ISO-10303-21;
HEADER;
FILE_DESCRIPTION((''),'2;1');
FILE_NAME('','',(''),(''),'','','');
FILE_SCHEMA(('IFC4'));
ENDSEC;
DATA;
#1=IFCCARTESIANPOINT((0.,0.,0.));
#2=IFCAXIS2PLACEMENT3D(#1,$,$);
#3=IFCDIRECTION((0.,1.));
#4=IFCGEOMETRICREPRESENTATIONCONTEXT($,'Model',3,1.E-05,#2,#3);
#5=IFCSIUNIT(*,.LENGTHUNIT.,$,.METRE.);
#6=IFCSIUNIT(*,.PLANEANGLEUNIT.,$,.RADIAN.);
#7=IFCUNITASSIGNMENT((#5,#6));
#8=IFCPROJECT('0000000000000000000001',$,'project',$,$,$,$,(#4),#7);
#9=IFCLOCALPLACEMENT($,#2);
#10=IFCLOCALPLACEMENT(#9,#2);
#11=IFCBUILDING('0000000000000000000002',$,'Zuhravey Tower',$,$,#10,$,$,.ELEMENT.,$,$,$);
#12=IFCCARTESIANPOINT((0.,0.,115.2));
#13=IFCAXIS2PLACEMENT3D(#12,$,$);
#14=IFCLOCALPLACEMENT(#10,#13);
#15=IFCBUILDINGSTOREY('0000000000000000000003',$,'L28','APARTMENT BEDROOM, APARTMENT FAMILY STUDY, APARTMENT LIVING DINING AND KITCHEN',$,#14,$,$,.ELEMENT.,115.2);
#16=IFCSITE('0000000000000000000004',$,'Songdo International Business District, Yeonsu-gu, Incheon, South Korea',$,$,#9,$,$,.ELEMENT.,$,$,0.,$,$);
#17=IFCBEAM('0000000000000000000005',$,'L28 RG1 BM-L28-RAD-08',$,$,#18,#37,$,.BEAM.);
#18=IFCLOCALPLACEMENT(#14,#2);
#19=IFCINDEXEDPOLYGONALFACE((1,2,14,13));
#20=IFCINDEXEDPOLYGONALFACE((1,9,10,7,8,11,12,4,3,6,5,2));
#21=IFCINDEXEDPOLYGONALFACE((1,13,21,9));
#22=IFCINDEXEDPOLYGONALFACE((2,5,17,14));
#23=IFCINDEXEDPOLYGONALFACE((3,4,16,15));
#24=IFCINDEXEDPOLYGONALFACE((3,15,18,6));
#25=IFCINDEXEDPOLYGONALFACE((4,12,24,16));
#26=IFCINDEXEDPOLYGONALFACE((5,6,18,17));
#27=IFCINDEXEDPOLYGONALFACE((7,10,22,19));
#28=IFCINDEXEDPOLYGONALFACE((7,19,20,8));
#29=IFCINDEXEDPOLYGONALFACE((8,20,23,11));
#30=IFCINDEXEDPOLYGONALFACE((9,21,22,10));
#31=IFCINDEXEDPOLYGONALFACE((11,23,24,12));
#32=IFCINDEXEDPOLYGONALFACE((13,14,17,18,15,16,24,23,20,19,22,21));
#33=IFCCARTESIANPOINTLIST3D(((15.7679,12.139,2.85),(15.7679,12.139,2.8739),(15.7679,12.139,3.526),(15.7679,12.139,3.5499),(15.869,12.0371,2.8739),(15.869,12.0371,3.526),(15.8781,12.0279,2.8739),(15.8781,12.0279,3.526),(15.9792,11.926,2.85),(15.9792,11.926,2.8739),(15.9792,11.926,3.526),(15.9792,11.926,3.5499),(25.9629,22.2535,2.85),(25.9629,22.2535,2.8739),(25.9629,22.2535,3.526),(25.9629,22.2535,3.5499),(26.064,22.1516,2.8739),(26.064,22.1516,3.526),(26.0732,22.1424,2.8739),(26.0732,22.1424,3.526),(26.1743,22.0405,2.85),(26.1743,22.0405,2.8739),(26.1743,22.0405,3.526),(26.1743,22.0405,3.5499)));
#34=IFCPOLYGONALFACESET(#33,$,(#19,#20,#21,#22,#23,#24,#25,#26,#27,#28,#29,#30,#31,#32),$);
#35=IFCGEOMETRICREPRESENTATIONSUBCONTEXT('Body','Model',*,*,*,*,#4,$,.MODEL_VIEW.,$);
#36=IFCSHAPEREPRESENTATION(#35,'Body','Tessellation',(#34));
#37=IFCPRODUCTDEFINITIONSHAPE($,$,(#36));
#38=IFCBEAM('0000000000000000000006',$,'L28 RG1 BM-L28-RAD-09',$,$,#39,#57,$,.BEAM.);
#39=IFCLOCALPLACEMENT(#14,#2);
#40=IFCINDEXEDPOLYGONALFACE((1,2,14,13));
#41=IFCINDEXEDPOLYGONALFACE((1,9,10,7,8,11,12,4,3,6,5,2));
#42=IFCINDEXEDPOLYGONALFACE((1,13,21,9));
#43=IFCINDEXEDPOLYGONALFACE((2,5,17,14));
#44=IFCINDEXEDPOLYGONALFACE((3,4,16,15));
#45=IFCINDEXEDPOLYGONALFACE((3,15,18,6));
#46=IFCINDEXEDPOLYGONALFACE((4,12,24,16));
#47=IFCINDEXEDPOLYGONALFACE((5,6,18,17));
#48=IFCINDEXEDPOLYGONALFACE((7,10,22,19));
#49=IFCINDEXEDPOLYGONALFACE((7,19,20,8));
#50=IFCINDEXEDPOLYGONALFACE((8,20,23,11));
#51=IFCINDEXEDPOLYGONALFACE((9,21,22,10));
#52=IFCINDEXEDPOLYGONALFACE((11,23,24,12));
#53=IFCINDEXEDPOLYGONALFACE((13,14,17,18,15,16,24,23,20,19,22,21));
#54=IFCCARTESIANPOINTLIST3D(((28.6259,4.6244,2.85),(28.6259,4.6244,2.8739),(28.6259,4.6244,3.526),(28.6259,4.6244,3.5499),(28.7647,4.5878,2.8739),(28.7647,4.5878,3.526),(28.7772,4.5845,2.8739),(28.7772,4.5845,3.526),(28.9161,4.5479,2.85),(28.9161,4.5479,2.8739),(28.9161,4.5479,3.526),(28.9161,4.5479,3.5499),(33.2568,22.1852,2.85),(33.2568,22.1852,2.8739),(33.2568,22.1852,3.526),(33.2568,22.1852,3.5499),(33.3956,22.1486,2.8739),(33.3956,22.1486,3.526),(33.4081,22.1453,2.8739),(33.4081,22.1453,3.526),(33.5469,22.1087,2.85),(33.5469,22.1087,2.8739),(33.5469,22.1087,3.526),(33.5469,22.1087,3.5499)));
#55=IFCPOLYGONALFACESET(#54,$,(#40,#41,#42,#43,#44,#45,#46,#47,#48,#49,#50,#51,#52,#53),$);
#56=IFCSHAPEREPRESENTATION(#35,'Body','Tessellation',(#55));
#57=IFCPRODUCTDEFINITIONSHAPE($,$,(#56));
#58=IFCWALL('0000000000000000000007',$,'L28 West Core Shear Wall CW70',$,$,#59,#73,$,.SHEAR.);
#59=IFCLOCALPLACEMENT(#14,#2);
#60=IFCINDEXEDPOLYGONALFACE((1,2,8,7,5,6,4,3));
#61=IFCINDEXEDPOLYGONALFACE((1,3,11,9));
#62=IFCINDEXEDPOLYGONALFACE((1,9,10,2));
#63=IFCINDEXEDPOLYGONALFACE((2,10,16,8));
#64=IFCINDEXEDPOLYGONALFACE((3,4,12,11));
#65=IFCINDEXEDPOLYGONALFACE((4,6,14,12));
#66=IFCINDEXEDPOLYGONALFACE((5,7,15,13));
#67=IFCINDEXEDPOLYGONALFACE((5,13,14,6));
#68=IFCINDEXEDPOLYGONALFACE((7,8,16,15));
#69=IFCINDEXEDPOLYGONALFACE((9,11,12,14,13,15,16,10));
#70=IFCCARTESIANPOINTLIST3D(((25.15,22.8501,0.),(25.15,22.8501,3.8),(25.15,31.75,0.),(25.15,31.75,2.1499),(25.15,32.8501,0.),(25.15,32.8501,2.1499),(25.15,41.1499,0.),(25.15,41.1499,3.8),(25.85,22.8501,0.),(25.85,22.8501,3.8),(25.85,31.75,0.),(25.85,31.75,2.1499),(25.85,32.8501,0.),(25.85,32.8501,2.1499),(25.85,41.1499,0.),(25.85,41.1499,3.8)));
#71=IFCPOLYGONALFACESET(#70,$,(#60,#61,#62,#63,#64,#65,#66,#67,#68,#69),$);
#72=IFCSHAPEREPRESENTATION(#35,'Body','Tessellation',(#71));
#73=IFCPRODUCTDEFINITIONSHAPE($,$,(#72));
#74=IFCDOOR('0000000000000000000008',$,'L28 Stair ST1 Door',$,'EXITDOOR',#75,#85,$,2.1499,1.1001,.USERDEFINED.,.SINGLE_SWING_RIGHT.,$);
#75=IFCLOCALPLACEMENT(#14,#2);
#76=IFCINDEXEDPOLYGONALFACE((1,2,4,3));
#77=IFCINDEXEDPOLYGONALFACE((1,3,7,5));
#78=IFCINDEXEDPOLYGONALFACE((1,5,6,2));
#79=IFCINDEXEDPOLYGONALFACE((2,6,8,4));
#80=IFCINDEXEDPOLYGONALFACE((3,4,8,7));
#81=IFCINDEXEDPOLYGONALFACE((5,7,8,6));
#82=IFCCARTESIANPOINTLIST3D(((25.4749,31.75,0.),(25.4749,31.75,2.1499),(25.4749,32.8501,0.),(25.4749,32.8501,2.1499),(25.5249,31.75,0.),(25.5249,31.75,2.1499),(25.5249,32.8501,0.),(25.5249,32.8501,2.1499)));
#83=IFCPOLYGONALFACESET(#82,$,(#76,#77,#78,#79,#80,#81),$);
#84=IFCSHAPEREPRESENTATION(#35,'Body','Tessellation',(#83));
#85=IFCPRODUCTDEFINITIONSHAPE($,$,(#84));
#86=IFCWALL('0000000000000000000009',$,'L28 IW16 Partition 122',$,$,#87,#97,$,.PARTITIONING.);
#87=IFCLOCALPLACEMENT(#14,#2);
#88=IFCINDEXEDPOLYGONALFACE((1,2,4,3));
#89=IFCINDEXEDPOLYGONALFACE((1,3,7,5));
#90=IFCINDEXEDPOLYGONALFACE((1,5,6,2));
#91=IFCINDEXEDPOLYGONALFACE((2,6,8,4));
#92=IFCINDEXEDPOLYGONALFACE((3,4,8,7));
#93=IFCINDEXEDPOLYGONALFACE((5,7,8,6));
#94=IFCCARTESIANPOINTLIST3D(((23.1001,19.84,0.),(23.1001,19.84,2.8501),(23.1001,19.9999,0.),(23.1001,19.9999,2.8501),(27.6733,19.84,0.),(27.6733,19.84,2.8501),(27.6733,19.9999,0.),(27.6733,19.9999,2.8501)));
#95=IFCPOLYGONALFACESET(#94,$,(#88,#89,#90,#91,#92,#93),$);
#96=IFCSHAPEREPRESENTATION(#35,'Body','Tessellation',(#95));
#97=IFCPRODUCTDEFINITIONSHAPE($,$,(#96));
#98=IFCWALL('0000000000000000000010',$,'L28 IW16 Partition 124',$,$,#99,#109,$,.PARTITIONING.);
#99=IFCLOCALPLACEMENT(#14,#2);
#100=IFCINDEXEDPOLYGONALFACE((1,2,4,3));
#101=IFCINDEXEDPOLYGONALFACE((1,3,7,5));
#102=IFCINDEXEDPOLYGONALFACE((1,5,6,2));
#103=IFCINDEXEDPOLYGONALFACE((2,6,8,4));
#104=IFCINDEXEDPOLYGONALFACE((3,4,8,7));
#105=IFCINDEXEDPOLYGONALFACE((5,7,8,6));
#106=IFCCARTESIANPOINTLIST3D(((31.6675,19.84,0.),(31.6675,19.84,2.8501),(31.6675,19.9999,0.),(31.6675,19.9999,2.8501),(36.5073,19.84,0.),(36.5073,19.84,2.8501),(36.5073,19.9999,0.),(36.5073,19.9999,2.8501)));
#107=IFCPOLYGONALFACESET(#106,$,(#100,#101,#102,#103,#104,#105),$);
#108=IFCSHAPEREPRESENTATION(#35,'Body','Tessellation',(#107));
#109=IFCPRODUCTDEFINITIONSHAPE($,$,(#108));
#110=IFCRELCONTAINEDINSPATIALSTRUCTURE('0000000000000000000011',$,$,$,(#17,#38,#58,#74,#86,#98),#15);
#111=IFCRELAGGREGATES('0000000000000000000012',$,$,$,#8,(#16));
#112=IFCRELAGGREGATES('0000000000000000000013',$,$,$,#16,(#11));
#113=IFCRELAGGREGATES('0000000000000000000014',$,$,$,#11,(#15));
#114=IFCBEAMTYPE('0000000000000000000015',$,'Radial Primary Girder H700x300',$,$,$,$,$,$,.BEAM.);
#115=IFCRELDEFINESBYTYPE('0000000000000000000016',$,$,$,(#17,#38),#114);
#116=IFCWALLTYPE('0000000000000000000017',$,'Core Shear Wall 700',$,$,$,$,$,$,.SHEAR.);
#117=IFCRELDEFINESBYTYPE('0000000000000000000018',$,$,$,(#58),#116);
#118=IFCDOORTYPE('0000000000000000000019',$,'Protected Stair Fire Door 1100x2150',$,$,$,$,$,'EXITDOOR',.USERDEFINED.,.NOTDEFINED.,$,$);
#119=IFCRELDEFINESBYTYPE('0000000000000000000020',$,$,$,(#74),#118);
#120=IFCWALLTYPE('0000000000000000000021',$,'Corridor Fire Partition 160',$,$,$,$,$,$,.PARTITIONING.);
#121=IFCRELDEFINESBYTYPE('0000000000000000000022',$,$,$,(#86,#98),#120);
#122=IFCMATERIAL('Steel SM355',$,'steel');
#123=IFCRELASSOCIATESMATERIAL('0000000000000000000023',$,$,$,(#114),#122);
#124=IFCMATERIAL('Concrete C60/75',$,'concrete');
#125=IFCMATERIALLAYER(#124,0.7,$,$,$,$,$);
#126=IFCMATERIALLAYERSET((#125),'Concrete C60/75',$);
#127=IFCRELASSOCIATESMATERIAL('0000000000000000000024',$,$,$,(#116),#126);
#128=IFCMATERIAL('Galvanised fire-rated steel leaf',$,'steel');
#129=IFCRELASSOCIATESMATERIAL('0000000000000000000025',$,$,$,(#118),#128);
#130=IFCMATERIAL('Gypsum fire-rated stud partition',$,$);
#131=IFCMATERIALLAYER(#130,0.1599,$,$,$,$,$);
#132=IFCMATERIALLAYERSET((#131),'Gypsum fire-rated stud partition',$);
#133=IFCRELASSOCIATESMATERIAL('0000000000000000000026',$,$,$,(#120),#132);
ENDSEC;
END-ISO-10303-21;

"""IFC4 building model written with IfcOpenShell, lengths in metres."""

from ifc_helpers import new_model, si_unit, direction, frame, frame_2d, origin, origin_2d, place, context, subcontext, project, spatial, rectangle, i_section, extrude, material, layer, layer_set, material_profile, profile_set, type_object, element, fill, save


model = new_model("IFC4")

# Units and contexts
model_context = context("Model", 3, precision=1e-05, world=origin(), true_north=direction((0.0, 1.0)))
body_context = subcontext(model_context, "Body", "Model", "MODEL_VIEW")
ifc_project = project(units=[si_unit("LENGTHUNIT", "METRE"), si_unit("PLANEANGLEUNIT", "RADIAN")], contexts=[model_context])

# Site, building, storey
site_placement = place(None, origin())
site = spatial("IfcSite", under=ifc_project, at=site_placement, Name="Songdo International Business District, Yeonsu-gu, Incheon, South Korea", CompositionType="ELEMENT", RefElevation=0.0)
building_placement = place(site_placement, origin())
building = spatial("IfcBuilding", under=site, at=building_placement, Name="Zuhravey Tower", CompositionType="ELEMENT")
storey_placement = place(building_placement, frame((0.0, 0.0, 115.2)))
storey = spatial("IfcBuildingStorey", under=building, at=storey_placement, Name="L28", Description="APARTMENT BEDROOM, APARTMENT FAMILY STUDY, APARTMENT LIVING DINING AND KITCHEN", CompositionType="ELEMENT", Elevation=115.2)

# Beams
ifc_material_1 = material(Name="Steel SM355", Category="steel")
ifc_material_profile = material_profile(ifc_material_1, i_section(OverallWidth=0.3, OverallDepth=0.7, WebThickness=0.0129, FlangeThickness=0.0239, at=origin_2d()), Name="H-700x300x13x24")
ifc_profile_set = profile_set([ifc_material_profile], Name="Steel SM355")
beam_type = type_object("IfcBeamType", Name="Radial Primary Girder H700x300", PredefinedType="BEAM", material=ifc_profile_set)
beam_1_placement = place(storey_placement, frame((26.0686, 22.147, 3.2), z_axis=(-0.709906, -0.704296, 0.0), x_axis=(0.704296, -0.709906, 0.0)))
element("IfcBeam", 1, at=beam_1_placement, inside=storey, type_object=beam_type, Name="L28 RG1 BM-L28-RAD-08", PredefinedType="BEAM", context=body_context, shape_type="SweptSolid", body=[
    extrude(i_section(OverallWidth=0.3, OverallDepth=0.7, WebThickness=0.0129, FlangeThickness=0.0239, at=origin_2d()), origin(), (0.0, 0.0, 1.0), 14.3611),
])
beam_2_placement = place(storey_placement, frame((33.4019, 22.147, 3.2), z_axis=(-0.254988, -0.966944, 0.0), x_axis=(0.966944, -0.254988, 0.0)))
element("IfcBeam", 2, at=beam_2_placement, inside=storey, type_object=beam_type, Name="L28 RG1 BM-L28-RAD-09", PredefinedType="BEAM", context=body_context, shape_type="SweptSolid", body=[
    extrude(i_section(OverallWidth=0.3, OverallDepth=0.7, WebThickness=0.0129, FlangeThickness=0.0239, at=origin_2d()), origin(), (0.0, 0.0, 1.0), 18.1611),
])

# Wall, opening, door
ifc_material_2 = material(Name="Concrete C60/75", Category="concrete")
ifc_layer_1 = layer(ifc_material_2, 0.7)
ifc_layer_set_1 = layer_set([ifc_layer_1], Name="Concrete C60/75")
wall_type_1 = type_object("IfcWallType", Name="Core Shear Wall 700", PredefinedType="SHEAR", material=ifc_layer_set_1)
ifc_material_3 = material(Name="Galvanised fire-rated steel leaf", Category="steel")
wall_1_placement = place(storey_placement, frame((25.5, 22.8501, 0.0), z_axis=(0.0, 0.0, 1.0), x_axis=(0.0, 1.0, 0.0)))
wall_1 = element("IfcWall", 3, at=wall_1_placement, inside=storey, type_object=wall_type_1, Name="L28 West Core Shear Wall CW70", PredefinedType="SHEAR", context=body_context, shape_type="SweptSolid", body=[
    extrude(rectangle(XDim=18.2998, YDim=0.7, at=frame_2d((9.1499, 0.0))), origin(), (0.0, 0.0, 1.0), 3.8),
])
opening_1_placement = place(wall_1_placement, frame((8.8999, 0.0, 0.0)))
opening_1 = element("IfcOpeningElement", 4, at=opening_1_placement, cuts=wall_1, PredefinedType="OPENING", context=body_context, shape_type="SweptSolid", body=[
    extrude(rectangle(XDim=1.1001, YDim=2.1499, at=frame_2d((0.55, 1.075))), frame((0.0, 0.3621, 0.0), z_axis=(0.0, -1.0, 0.0), x_axis=(1.0, 0.0, 0.0)), (0.0, 0.0, 1.0), 0.7239),
])
door_type_1 = type_object("IfcDoorType", Name="Protected Stair Fire Door 1100x2150", ElementType="EXITDOOR", OperationType="NOTDEFINED", PredefinedType="USERDEFINED", material=ifc_material_3)
door_1_placement = place(opening_1_placement, frame((1.1001, 0.0, 0.0), z_axis=(0.0, 0.0, 1.0), x_axis=(-1.0, 0.0, 0.0)))
door_1 = element("IfcDoor", 5, at=door_1_placement, inside=storey, type_object=door_type_1, Name="L28 Stair ST1 Door", ObjectType="EXITDOOR", OperationType="SINGLE_SWING_RIGHT", OverallHeight=2.1499, OverallWidth=1.1001, PredefinedType="USERDEFINED", context=body_context, shape_type="SweptSolid", body=[
    extrude(rectangle(XDim=1.1001, YDim=2.1499, at=frame_2d((0.55, 1.075))), frame((0.0, 0.0249, 0.0), z_axis=(0.0, -1.0, 0.0), x_axis=(1.0, 0.0, 0.0)), (0.0, 0.0, 1.0), 0.05),
])
fill(opening_1, door_1)
ifc_material_4 = material(Name="Gypsum fire-rated stud partition")
ifc_layer_2 = layer(ifc_material_4, 0.1599)
ifc_layer_set_2 = layer_set([ifc_layer_2], Name="Gypsum fire-rated stud partition")
wall_type_2 = type_object("IfcWallType", Name="Corridor Fire Partition 160", PredefinedType="PARTITIONING", material=ifc_layer_set_2)

# Walls
wall_2_placement = place(storey_placement, frame((23.1001, 19.9199, 0.0), z_axis=(0.0, 0.0, 1.0), x_axis=(1.0, 0.0, 0.0)))
element("IfcWall", 6, at=wall_2_placement, inside=storey, type_object=wall_type_2, Name="L28 IW16 Partition 122", PredefinedType="PARTITIONING", context=body_context, shape_type="SweptSolid", body=[
    extrude(rectangle(XDim=4.5732, YDim=0.1599, at=frame_2d((2.2866, 0.0))), origin(), (0.0, 0.0, 1.0), 2.8501),
])
wall_3_placement = place(storey_placement, frame((31.6675, 19.9199, 0.0), z_axis=(0.0, 0.0, 1.0), x_axis=(1.0, 0.0, 0.0)))
element("IfcWall", 7, at=wall_3_placement, inside=storey, type_object=wall_type_2, Name="L28 IW16 Partition 124", PredefinedType="PARTITIONING", context=body_context, shape_type="SweptSolid", body=[
    extrude(rectangle(XDim=4.8398, YDim=0.1599, at=frame_2d((2.4199, 0.0))), origin(), (0.0, 0.0, 1.0), 2.8501),
])

save(model, "model.ifc")
